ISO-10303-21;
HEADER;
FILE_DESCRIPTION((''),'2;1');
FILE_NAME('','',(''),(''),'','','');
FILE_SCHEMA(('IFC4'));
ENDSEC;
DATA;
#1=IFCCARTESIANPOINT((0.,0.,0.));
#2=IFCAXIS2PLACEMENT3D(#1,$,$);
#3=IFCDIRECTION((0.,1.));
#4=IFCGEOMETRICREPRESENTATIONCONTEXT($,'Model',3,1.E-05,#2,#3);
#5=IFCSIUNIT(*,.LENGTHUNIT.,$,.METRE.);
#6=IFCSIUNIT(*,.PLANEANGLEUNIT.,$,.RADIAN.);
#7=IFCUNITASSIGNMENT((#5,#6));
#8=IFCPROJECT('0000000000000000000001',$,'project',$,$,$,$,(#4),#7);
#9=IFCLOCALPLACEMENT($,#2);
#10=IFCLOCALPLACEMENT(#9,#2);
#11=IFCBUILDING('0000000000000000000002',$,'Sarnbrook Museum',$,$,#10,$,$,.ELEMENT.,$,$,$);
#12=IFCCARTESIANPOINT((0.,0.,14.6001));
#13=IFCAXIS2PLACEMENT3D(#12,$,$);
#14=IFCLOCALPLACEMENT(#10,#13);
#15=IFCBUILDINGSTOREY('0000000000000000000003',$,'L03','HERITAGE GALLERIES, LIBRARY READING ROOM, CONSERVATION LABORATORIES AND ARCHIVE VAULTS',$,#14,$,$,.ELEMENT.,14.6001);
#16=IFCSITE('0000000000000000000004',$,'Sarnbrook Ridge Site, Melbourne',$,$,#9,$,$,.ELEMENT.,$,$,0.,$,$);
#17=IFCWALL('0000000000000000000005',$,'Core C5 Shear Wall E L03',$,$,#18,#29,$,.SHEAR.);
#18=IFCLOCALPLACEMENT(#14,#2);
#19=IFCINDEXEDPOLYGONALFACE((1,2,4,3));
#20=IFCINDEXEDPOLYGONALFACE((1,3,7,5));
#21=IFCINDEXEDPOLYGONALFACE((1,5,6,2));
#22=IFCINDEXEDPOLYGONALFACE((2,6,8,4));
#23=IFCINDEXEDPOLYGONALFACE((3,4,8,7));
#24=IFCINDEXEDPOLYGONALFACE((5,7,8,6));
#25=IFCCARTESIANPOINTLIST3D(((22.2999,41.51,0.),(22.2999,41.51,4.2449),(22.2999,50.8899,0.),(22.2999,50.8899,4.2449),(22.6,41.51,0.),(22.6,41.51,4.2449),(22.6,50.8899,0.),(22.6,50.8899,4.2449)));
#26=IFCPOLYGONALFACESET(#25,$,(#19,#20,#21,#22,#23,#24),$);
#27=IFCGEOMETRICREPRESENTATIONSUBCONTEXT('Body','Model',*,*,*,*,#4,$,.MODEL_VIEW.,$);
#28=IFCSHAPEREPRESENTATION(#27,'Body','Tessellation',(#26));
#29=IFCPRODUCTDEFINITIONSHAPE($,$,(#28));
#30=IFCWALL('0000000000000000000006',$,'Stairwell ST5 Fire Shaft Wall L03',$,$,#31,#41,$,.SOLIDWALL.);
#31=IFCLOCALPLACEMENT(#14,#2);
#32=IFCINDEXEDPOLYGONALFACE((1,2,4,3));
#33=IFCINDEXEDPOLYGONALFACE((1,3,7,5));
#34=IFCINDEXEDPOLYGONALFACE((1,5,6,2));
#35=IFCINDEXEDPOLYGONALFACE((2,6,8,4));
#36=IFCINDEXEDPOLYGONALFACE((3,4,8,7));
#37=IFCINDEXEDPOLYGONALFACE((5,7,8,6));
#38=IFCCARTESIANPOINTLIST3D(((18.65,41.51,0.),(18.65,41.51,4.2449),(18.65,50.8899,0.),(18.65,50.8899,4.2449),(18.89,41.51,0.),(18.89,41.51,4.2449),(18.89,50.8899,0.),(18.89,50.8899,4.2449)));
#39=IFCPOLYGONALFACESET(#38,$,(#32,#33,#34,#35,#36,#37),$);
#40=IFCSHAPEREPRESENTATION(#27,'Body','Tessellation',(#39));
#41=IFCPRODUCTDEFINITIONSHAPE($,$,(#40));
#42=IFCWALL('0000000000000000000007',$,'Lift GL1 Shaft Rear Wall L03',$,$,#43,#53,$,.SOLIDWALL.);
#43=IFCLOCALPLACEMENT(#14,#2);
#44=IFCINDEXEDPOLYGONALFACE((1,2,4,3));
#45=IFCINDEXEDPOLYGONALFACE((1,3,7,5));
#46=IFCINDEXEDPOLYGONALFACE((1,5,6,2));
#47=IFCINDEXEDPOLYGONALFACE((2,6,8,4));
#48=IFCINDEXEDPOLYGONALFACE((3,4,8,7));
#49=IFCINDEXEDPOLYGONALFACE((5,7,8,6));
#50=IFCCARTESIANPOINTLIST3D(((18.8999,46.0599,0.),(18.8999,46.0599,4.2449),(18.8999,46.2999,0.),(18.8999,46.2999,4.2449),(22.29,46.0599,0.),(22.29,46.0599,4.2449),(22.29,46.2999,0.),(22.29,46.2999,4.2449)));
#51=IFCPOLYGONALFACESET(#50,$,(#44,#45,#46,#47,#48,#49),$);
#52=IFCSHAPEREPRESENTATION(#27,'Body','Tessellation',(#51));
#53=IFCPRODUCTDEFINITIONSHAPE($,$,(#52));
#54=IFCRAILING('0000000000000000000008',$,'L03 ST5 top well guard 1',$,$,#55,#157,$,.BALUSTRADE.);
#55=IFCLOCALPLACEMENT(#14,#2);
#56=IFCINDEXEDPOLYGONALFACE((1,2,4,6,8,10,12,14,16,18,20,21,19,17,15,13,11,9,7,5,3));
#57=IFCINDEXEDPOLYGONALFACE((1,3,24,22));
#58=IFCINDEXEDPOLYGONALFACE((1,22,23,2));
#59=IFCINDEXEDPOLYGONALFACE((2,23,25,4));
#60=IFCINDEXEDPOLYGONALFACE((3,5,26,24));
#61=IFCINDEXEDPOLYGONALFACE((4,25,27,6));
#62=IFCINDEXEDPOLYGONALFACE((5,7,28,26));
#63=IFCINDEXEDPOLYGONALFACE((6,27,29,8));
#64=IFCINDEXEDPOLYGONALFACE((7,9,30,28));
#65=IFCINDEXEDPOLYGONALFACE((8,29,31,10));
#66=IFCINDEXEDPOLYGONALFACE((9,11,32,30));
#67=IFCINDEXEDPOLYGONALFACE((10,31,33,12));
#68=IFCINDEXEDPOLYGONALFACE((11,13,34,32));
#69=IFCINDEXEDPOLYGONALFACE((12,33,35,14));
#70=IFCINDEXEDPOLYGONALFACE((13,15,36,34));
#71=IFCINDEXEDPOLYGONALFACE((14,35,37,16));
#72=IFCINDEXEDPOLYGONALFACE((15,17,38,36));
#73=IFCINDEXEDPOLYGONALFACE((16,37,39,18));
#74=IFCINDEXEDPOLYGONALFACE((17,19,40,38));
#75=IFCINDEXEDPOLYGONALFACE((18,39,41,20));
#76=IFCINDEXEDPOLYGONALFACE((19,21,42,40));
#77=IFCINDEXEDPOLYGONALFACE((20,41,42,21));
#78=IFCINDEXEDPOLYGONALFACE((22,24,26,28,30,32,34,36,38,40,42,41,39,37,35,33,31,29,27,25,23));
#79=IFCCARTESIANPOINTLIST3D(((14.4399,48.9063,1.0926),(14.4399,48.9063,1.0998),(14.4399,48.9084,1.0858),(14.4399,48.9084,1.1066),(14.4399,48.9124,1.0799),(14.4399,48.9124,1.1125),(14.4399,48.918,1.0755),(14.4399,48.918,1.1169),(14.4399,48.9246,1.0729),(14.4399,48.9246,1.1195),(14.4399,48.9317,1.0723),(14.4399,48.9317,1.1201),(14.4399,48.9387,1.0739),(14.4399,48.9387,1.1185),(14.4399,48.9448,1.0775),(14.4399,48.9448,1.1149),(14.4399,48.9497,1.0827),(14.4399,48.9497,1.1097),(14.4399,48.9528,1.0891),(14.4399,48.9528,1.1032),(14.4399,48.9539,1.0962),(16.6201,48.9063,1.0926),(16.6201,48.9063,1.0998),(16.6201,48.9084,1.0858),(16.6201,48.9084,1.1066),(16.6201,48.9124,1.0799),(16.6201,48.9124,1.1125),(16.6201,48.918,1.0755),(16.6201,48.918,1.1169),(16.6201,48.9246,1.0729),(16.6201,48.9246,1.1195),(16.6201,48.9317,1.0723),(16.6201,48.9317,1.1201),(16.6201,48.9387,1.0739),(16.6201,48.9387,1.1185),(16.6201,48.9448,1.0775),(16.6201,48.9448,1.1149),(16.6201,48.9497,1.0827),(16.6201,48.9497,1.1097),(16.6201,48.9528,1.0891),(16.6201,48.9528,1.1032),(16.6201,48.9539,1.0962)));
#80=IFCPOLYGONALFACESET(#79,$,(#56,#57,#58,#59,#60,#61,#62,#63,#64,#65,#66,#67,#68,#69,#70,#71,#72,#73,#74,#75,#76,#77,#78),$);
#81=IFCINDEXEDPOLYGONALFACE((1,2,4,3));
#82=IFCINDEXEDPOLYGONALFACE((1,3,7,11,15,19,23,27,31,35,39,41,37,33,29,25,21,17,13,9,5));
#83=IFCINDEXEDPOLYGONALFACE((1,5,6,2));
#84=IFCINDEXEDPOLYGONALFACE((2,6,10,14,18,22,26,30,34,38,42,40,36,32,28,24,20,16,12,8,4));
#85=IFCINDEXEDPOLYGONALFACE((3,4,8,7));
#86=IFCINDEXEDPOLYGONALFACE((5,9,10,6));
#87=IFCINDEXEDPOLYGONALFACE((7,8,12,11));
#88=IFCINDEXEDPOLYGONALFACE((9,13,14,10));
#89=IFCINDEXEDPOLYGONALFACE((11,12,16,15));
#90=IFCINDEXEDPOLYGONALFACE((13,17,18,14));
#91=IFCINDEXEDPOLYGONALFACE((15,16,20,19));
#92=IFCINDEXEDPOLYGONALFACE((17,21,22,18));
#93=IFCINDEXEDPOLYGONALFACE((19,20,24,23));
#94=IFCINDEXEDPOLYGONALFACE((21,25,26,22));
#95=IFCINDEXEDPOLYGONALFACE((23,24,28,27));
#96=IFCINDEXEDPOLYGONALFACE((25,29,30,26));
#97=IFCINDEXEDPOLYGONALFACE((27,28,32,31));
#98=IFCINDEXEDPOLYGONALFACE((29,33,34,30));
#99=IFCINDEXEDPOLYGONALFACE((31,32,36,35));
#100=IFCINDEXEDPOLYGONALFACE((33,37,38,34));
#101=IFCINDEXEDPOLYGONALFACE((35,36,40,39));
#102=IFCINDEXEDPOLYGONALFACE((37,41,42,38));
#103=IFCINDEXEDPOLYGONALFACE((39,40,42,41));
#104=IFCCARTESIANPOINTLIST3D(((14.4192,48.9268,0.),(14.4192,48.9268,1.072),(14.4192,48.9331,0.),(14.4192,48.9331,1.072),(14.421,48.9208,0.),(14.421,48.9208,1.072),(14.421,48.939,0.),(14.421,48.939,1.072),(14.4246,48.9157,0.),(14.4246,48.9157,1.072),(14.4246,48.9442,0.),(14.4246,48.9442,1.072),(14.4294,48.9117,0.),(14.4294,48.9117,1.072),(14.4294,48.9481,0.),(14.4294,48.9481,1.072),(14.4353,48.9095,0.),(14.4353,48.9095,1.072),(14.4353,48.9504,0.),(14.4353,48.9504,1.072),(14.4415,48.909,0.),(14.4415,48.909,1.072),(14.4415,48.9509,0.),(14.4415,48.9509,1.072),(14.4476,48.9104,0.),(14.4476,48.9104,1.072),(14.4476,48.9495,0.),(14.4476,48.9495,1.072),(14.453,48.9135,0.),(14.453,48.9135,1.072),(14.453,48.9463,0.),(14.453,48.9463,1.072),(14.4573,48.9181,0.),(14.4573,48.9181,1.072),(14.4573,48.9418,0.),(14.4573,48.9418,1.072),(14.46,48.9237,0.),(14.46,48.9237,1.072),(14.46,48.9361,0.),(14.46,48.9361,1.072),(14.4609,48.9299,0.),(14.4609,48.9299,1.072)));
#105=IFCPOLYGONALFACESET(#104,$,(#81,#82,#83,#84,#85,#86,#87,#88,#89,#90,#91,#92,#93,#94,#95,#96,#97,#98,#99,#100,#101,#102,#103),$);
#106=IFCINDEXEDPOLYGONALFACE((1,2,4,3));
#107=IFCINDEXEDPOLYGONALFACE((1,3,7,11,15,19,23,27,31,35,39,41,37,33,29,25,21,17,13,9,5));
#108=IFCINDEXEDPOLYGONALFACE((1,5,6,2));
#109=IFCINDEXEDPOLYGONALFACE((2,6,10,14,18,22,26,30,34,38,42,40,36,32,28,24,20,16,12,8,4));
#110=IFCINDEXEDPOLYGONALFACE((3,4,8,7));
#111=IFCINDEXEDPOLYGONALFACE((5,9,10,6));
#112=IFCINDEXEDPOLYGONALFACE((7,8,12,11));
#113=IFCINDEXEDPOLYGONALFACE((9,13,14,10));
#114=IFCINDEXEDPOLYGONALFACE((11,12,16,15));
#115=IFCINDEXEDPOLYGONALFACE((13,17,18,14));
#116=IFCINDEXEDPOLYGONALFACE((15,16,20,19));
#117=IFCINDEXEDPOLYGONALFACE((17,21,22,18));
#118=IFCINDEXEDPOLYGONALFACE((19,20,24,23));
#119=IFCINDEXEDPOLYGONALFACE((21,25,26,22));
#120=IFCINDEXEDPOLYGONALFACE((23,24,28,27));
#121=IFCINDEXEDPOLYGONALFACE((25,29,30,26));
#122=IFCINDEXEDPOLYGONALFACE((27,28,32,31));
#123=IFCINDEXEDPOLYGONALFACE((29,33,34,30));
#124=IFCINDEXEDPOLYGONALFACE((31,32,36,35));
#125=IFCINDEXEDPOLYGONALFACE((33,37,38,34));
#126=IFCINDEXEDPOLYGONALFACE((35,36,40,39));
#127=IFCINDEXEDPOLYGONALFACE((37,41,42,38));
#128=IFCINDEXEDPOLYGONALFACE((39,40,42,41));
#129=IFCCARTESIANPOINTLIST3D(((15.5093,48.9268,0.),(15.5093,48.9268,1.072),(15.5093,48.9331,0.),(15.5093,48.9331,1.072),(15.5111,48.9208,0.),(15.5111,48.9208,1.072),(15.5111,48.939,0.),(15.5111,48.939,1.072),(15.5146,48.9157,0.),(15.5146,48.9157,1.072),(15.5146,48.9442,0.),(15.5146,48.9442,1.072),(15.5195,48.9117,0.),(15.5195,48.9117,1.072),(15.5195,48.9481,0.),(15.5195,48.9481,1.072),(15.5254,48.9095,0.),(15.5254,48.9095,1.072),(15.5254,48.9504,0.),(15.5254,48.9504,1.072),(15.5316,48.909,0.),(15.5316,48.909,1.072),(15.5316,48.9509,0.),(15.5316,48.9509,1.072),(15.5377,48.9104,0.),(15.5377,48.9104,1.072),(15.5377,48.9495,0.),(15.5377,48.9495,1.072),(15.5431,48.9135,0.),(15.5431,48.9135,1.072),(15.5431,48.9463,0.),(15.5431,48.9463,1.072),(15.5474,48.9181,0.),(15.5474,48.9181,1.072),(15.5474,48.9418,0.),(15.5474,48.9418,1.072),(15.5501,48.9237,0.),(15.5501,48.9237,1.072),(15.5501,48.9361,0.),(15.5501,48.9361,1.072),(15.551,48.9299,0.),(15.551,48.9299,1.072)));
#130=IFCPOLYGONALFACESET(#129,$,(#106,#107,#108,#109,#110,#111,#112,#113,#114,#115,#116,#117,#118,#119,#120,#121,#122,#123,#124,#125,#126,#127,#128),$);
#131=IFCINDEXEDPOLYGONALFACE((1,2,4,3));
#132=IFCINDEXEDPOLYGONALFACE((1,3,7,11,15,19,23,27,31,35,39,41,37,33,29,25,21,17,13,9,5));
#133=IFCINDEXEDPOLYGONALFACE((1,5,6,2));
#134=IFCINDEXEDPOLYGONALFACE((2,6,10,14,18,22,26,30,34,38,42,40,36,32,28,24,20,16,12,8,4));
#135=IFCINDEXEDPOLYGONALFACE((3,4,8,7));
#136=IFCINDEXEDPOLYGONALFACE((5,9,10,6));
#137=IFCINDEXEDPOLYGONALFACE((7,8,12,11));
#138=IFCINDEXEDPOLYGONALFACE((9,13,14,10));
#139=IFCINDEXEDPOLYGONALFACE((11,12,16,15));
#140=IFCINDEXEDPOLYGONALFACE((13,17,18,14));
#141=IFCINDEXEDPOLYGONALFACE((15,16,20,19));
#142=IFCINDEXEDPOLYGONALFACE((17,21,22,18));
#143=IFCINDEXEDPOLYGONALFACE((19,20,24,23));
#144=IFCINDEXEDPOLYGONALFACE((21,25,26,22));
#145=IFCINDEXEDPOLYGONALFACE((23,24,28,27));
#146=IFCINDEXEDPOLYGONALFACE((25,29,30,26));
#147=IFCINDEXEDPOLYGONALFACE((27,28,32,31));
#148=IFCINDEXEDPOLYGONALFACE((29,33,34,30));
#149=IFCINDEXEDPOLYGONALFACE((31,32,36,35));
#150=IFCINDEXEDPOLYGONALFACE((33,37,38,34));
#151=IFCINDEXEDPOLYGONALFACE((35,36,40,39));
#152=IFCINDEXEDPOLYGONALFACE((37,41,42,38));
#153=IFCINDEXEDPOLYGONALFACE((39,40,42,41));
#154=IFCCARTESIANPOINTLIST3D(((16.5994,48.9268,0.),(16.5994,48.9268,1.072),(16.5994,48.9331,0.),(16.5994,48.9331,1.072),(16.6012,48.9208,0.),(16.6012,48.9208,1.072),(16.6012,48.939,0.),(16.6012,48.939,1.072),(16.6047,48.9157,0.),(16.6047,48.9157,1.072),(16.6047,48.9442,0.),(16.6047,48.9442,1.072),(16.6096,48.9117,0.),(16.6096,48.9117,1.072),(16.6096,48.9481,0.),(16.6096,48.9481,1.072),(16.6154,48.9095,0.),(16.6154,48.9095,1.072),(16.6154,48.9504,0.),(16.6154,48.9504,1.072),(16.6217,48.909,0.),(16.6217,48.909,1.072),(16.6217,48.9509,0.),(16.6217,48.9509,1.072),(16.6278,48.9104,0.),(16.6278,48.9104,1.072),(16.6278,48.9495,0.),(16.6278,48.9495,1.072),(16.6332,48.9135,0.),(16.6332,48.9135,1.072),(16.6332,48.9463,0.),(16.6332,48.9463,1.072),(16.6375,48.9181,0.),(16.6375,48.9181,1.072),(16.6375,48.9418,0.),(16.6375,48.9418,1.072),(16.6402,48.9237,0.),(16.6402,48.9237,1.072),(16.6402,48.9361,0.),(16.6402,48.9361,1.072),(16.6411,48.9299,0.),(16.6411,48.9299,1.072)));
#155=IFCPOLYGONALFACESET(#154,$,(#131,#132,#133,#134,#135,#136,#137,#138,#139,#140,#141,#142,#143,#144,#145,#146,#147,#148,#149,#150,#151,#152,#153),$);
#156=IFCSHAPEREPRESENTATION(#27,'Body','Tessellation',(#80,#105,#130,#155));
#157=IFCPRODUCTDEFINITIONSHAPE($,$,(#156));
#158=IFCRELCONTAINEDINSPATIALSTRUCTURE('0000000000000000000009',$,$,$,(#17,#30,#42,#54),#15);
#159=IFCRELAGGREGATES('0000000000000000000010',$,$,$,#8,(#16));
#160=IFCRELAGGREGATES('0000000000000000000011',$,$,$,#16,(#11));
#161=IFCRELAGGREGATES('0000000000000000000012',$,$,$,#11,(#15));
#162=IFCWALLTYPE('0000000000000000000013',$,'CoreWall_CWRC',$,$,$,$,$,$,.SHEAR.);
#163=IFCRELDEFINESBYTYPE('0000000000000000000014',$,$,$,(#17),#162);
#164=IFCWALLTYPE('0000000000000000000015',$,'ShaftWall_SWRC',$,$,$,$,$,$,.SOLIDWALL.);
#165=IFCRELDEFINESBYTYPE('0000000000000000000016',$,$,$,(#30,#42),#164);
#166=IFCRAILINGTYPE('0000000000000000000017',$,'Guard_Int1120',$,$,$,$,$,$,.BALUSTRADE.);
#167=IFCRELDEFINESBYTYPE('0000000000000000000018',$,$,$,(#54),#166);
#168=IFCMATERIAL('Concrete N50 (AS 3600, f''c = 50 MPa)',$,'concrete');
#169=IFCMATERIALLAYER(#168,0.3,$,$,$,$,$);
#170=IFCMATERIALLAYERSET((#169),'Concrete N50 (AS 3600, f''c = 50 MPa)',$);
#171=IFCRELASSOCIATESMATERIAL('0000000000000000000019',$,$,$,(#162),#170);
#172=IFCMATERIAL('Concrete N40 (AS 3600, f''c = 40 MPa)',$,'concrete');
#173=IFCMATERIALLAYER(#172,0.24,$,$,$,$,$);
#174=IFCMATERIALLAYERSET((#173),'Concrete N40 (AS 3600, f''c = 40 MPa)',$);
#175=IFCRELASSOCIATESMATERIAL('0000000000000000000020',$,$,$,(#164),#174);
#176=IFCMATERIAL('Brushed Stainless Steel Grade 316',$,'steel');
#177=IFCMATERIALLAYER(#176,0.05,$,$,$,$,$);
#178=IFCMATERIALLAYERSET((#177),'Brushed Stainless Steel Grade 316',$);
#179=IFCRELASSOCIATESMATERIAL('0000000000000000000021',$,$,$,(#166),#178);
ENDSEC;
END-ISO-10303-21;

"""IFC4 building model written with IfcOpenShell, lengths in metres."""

from ifc_helpers import new_model, si_unit, direction, frame, frame_2d, origin, origin_2d, place, context, subcontext, project, spatial, rectangle, circle, extrude, material, layer, layer_set, type_object, element, save


model = new_model("IFC4")

# Units and contexts
model_context = context("Model", 3, precision=1e-05, world=origin(), true_north=direction((0.0, 1.0)))
body_context = subcontext(model_context, "Body", "Model", "MODEL_VIEW")
ifc_project = project(units=[si_unit("LENGTHUNIT", "METRE"), si_unit("PLANEANGLEUNIT", "RADIAN")], contexts=[model_context])

# Site, building, storey
site_placement = place(None, origin())
site = spatial("IfcSite", under=ifc_project, at=site_placement, Name="Sarnbrook Ridge Site, Melbourne", CompositionType="ELEMENT", RefElevation=0.0)
building_placement = place(site_placement, origin())
building = spatial("IfcBuilding", under=site, at=building_placement, Name="Sarnbrook Museum", CompositionType="ELEMENT")
storey_placement = place(building_placement, frame((0.0, 0.0, 14.6001)))
storey = spatial("IfcBuildingStorey", under=building, at=storey_placement, Name="L03", Description="HERITAGE GALLERIES, LIBRARY READING ROOM, CONSERVATION LABORATORIES AND ARCHIVE VAULTS", CompositionType="ELEMENT", Elevation=14.6001)

# Walls
ifc_material_1 = material(Name="Concrete N50 (AS 3600, f'c = 50 MPa)", Category="concrete")
ifc_layer_1 = layer(ifc_material_1, 0.3)
ifc_layer_set_1 = layer_set([ifc_layer_1], Name="Concrete N50 (AS 3600, f'c = 50 MPa)")
wall_type_1 = type_object("IfcWallType", Name="CoreWall_CWRC", PredefinedType="SHEAR", material=ifc_layer_set_1)
wall_1_placement = place(storey_placement, frame((22.45, 41.51, 0.0), z_axis=(0.0, 0.0, 1.0), x_axis=(0.0, 1.0, 0.0)))
element("IfcWall", 1, at=wall_1_placement, inside=storey, type_object=wall_type_1, Name="Core C5 Shear Wall E L03", PredefinedType="SHEAR", context=body_context, shape_type="SweptSolid", body=[
    extrude(rectangle(XDim=9.3799, YDim=0.3, at=frame_2d((4.6899, 0.0))), origin(), (0.0, 0.0, 1.0), 4.2449),
])
ifc_material_2 = material(Name="Concrete N40 (AS 3600, f'c = 40 MPa)", Category="concrete")
ifc_layer_2 = layer(ifc_material_2, 0.24)
ifc_layer_set_2 = layer_set([ifc_layer_2], Name="Concrete N40 (AS 3600, f'c = 40 MPa)")
wall_type_2 = type_object("IfcWallType", Name="ShaftWall_SWRC", PredefinedType="SOLIDWALL", material=ifc_layer_set_2)
wall_2_placement = place(storey_placement, frame((18.77, 41.51, 0.0), z_axis=(0.0, 0.0, 1.0), x_axis=(0.0, 1.0, 0.0)))
element("IfcWall", 2, at=wall_2_placement, inside=storey, type_object=wall_type_2, Name="Stairwell ST5 Fire Shaft Wall L03", PredefinedType="SOLIDWALL", context=body_context, shape_type="SweptSolid", body=[
    extrude(rectangle(XDim=9.3799, YDim=0.24, at=frame_2d((4.6899, 0.0))), origin(), (0.0, 0.0, 1.0), 4.2449),
])
wall_3_placement = place(storey_placement, frame((18.8999, 46.1799, 0.0), z_axis=(0.0, 0.0, 1.0), x_axis=(1.0, 0.0, 0.0)))
element("IfcWall", 3, at=wall_3_placement, inside=storey, type_object=wall_type_2, Name="Lift GL1 Shaft Rear Wall L03", PredefinedType="SOLIDWALL", context=body_context, shape_type="SweptSolid", body=[
    extrude(rectangle(XDim=3.3901, YDim=0.24, at=frame_2d((1.6951, 0.0))), origin(), (0.0, 0.0, 1.0), 4.2449),
])

# Railing
ifc_material_3 = material(Name="Brushed Stainless Steel Grade 316", Category="steel")
ifc_layer_3 = layer(ifc_material_3, 0.05)
ifc_layer_set_3 = layer_set([ifc_layer_3], Name="Brushed Stainless Steel Grade 316")
railing_type = type_object("IfcRailingType", Name="Guard_Int1120", PredefinedType="BALUSTRADE", material=ifc_layer_set_3)
railing_1_placement = place(storey_placement, frame((14.4399, 48.9299, 0.0)))
element("IfcRailing", 4, at=railing_1_placement, inside=storey, type_object=railing_type, Name="L03 ST5 top well guard 1", PredefinedType="BALUSTRADE", context=body_context, shape_type="SweptSolid", body=[
    extrude(circle(Radius=0.0239, at=origin_2d()), frame((0.0, 0.0, 1.0962), z_axis=(1.0, 0.0, 0.0), x_axis=(0.0, 1.0, 0.0)), (0.0, 0.0, 1.0), 2.1802),
    extrude(circle(Radius=0.021, at=origin_2d()), origin(), (0.0, 0.0, 1.0), 1.072),
    extrude(circle(Radius=0.021, at=origin_2d()), frame((1.0901, 0.0, 0.0)), (0.0, 0.0, 1.0), 1.072),
    extrude(circle(Radius=0.021, at=origin_2d()), frame((2.1802, 0.0, 0.0)), (0.0, 0.0, 1.0), 1.072),
])

save(model, "model.ifc")
